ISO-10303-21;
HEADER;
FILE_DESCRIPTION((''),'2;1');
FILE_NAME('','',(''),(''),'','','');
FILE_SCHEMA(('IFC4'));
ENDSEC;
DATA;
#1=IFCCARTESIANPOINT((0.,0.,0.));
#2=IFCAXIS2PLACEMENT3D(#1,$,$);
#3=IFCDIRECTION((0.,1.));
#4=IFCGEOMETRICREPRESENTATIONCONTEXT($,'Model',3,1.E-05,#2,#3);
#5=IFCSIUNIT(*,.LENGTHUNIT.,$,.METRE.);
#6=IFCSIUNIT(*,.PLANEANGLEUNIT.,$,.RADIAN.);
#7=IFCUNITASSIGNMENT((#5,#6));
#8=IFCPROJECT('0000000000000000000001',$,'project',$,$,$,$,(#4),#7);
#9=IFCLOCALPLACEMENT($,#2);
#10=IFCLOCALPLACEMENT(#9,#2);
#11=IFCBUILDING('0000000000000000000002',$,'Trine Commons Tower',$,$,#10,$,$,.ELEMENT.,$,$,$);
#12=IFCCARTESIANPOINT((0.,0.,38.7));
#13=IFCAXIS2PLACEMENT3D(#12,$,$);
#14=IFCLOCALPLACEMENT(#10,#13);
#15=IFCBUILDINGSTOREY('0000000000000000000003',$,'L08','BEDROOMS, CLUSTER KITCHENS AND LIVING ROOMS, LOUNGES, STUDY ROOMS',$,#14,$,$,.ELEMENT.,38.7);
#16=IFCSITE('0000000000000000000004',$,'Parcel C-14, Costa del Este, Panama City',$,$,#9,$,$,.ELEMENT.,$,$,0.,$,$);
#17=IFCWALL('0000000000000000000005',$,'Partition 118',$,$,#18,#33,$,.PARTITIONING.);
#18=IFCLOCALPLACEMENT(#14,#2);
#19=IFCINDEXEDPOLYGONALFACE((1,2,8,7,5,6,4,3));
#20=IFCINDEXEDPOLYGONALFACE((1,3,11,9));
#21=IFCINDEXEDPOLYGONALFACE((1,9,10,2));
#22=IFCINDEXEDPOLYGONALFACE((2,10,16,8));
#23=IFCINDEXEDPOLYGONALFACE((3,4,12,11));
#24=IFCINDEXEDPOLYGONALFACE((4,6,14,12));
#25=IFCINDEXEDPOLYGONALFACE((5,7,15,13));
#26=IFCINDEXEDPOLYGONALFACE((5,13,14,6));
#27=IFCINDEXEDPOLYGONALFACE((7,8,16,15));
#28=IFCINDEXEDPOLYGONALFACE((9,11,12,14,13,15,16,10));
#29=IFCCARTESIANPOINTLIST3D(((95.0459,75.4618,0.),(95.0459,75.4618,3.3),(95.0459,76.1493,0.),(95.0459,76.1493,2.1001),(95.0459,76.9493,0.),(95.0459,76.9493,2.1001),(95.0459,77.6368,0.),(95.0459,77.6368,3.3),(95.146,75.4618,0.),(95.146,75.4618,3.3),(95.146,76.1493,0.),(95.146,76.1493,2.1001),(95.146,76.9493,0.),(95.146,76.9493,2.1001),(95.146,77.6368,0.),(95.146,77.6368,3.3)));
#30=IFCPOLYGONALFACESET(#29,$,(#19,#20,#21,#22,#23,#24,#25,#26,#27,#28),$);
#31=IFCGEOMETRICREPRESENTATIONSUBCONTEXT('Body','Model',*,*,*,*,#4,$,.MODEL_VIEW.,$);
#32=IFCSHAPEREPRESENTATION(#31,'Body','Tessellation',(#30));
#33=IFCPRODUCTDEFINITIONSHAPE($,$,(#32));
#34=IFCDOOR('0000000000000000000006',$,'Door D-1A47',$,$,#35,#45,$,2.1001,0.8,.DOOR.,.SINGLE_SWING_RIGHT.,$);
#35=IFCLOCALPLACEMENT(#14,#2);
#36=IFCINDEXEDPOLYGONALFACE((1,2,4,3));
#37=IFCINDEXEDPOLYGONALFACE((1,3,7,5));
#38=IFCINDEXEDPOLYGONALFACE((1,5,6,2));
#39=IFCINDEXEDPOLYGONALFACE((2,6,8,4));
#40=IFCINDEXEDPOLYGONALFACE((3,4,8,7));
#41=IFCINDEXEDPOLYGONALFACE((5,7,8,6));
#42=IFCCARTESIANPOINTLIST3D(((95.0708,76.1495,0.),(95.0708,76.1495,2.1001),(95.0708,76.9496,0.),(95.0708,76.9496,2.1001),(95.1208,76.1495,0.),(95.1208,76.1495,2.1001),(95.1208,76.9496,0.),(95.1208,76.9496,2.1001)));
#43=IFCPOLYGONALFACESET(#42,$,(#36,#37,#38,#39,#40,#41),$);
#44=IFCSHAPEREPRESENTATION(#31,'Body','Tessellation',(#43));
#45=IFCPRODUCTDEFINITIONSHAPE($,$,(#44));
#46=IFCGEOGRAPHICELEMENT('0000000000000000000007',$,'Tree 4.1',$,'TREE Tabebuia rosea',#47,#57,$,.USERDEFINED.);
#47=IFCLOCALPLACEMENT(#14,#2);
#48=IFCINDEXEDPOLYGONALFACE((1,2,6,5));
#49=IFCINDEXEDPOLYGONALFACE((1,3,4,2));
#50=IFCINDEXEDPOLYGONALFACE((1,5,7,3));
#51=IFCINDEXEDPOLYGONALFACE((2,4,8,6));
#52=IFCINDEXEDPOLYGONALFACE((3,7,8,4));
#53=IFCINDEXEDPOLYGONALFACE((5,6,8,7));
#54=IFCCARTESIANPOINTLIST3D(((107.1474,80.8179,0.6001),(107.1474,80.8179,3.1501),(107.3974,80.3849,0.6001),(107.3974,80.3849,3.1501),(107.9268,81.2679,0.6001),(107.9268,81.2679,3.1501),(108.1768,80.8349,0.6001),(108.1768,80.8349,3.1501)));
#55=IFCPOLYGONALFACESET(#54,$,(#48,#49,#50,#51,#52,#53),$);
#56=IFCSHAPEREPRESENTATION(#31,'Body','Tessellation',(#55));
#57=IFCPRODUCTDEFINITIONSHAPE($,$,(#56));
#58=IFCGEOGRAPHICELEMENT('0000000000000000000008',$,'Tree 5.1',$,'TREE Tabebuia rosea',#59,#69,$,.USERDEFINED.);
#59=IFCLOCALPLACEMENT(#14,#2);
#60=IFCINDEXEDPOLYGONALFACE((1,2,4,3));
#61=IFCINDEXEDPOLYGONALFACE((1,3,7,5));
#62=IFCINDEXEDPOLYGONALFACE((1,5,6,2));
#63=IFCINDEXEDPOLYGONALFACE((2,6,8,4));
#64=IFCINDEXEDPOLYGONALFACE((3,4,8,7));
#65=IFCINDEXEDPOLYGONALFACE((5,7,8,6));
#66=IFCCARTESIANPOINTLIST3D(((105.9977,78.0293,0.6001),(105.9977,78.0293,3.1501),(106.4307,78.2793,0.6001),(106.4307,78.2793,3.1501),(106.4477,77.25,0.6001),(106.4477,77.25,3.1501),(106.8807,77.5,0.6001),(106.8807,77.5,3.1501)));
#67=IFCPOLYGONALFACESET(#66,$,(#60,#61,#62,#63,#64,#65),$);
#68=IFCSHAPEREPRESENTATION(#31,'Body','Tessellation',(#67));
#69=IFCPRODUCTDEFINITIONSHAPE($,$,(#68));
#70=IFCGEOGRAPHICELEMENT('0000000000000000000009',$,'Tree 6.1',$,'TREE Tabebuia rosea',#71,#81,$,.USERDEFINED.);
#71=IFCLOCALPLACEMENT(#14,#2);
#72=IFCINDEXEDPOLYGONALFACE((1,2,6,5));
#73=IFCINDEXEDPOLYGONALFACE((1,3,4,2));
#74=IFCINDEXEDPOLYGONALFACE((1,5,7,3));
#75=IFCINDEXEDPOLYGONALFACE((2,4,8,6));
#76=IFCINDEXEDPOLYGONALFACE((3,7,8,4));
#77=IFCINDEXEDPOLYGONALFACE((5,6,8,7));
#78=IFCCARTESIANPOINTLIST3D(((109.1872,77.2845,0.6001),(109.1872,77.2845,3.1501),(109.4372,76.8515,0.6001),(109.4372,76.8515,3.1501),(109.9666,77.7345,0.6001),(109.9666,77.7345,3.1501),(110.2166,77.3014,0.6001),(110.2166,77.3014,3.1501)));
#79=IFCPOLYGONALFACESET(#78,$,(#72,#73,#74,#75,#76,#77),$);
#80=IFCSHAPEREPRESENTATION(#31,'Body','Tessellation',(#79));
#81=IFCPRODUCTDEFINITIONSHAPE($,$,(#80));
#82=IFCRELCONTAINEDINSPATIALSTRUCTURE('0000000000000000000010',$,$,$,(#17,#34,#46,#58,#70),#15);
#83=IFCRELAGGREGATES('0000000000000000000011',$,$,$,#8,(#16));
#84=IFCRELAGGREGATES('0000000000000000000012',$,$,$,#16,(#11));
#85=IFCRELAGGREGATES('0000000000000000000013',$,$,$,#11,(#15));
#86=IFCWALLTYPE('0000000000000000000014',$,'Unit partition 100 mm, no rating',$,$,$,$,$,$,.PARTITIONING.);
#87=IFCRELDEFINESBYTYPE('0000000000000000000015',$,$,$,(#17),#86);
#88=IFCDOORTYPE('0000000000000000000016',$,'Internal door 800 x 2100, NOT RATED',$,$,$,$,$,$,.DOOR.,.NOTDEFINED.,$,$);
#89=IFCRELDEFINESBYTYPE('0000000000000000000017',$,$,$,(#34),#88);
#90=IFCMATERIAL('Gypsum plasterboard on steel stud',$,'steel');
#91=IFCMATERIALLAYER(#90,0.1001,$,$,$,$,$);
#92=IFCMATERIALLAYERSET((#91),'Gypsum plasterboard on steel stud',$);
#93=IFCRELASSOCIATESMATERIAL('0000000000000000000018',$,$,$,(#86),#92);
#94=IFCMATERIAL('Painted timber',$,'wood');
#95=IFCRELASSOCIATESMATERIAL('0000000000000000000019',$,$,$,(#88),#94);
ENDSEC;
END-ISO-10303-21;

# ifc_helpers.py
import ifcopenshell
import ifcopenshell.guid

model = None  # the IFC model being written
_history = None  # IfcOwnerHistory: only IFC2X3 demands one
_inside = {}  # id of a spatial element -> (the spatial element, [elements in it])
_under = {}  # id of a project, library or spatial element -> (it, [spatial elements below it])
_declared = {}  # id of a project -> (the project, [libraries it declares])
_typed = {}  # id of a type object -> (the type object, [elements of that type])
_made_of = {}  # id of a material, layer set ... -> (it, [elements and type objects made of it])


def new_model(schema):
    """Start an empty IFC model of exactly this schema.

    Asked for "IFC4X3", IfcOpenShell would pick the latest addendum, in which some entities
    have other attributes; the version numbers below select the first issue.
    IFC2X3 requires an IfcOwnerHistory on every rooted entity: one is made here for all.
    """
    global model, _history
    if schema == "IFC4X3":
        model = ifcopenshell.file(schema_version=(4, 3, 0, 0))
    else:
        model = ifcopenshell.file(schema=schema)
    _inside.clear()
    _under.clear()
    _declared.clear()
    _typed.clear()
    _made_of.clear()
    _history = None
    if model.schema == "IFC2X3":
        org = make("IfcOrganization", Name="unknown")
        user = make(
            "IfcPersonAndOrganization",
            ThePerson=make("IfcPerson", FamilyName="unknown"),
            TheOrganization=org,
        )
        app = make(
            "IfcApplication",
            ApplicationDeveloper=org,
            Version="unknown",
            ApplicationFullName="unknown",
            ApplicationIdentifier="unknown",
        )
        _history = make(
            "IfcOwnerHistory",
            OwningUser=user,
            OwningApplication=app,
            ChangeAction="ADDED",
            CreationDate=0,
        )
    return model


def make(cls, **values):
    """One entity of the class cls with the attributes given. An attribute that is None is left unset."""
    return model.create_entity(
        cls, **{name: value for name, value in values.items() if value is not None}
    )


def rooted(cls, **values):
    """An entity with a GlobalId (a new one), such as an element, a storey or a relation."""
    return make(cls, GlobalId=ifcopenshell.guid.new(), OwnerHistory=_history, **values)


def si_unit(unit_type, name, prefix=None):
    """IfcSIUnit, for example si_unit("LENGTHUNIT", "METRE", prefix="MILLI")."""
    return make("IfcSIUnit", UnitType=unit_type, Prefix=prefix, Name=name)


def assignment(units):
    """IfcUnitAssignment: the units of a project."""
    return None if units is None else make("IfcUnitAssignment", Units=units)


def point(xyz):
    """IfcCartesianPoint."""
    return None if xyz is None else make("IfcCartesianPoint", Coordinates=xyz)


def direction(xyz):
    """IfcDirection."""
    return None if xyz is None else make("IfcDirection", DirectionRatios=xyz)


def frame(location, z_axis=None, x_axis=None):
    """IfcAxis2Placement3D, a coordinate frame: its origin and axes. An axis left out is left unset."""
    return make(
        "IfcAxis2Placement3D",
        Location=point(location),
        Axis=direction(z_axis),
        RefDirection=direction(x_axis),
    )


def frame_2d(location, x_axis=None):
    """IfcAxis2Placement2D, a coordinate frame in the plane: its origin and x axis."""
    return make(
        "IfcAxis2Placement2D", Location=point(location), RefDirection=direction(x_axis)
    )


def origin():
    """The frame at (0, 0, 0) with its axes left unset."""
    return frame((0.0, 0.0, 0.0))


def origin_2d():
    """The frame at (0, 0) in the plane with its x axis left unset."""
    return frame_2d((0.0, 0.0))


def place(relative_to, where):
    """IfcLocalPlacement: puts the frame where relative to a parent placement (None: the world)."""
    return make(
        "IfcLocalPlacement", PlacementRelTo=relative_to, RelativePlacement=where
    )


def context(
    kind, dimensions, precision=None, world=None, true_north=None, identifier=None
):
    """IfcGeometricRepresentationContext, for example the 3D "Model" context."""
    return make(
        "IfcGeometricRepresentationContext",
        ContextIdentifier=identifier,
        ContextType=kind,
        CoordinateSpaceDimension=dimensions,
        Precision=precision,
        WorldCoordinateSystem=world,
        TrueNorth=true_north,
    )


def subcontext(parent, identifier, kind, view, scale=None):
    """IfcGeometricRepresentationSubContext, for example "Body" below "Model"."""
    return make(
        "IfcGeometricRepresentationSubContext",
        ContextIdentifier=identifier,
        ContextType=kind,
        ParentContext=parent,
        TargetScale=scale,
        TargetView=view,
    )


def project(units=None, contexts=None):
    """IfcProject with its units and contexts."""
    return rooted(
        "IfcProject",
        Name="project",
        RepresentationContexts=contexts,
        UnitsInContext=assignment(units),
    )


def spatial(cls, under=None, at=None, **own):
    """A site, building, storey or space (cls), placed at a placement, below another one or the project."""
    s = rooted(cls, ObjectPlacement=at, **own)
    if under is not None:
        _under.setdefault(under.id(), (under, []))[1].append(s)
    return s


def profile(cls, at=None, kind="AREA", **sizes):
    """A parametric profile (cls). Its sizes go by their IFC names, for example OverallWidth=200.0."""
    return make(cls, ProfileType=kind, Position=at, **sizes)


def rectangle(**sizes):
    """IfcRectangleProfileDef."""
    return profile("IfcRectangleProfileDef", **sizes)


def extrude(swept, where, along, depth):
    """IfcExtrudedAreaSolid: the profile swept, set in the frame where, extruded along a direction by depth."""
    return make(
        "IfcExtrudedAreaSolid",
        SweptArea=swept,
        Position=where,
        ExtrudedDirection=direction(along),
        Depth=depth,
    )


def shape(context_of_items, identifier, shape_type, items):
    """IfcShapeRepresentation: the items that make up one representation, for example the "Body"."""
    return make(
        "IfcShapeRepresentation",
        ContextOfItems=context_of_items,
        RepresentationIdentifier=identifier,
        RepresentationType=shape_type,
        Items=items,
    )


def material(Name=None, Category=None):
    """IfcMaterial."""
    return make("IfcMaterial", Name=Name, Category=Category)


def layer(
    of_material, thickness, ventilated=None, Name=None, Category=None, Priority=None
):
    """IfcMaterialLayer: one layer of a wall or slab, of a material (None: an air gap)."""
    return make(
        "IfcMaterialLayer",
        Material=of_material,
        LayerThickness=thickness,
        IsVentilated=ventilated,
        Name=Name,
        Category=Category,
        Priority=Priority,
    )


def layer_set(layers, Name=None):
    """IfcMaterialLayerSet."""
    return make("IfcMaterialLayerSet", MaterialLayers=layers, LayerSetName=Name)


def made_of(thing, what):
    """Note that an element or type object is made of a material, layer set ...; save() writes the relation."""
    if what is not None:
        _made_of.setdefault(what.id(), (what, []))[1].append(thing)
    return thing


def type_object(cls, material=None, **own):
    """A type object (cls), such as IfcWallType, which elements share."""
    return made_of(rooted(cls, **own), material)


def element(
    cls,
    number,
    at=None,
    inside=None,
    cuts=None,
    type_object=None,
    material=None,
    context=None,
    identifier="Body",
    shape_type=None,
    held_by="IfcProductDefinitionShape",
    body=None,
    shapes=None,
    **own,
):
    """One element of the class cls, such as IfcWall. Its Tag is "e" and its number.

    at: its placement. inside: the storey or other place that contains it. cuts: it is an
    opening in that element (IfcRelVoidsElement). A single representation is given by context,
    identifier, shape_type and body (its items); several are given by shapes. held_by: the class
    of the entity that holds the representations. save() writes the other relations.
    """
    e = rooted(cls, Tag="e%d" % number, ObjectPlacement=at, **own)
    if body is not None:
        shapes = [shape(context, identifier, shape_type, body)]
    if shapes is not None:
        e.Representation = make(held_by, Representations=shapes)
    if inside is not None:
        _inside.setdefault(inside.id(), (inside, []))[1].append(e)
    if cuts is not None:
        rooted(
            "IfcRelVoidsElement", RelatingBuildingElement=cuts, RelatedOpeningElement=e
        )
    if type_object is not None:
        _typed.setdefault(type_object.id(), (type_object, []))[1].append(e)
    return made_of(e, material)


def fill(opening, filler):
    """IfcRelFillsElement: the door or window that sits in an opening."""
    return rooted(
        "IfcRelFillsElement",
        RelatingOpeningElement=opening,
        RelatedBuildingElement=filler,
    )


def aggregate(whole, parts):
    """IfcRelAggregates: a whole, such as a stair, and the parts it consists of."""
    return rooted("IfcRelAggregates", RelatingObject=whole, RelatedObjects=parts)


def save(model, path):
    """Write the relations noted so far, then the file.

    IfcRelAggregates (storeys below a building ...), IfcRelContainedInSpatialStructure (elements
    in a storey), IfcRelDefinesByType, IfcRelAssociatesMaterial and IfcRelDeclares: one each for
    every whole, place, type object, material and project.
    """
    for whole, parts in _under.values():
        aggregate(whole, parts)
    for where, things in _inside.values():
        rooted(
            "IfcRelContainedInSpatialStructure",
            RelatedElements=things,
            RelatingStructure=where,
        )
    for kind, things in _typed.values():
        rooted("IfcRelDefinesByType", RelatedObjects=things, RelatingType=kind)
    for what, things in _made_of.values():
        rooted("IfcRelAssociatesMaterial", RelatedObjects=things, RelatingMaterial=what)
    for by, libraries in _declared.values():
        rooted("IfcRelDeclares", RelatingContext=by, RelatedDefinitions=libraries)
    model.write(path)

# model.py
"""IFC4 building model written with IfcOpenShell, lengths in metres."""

from ifc_helpers import new_model, si_unit, direction, frame, frame_2d, origin, origin_2d, place, context, subcontext, project, spatial, rectangle, extrude, material, layer, layer_set, type_object, element, fill, save


model = new_model("IFC4")

# Units and contexts
model_context = context("Model", 3, precision=1e-05, world=origin(), true_north=direction((0.0, 1.0)))
body_context = subcontext(model_context, "Body", "Model", "MODEL_VIEW")
ifc_project = project(units=[si_unit("LENGTHUNIT", "METRE"), si_unit("PLANEANGLEUNIT", "RADIAN")], contexts=[model_context])

# Site, building, storey
site_placement = place(None, origin())
site = spatial("IfcSite", under=ifc_project, at=site_placement, Name="Parcel C-14, Costa del Este, Panama City", CompositionType="ELEMENT", RefElevation=0.0)
building_placement = place(site_placement, origin())
building = spatial("IfcBuilding", under=site, at=building_placement, Name="Trine Commons Tower", CompositionType="ELEMENT")
storey_placement = place(building_placement, frame((0.0, 0.0, 38.7)))
storey = spatial("IfcBuildingStorey", under=building, at=storey_placement, Name="L08", Description="BEDROOMS, CLUSTER KITCHENS AND LIVING ROOMS, LOUNGES, STUDY ROOMS", CompositionType="ELEMENT", Elevation=38.7)

# Shared definitions
ifc_material_1 = material(Name="Gypsum plasterboard on steel stud", Category="steel")

# Shared definitions
ifc_material_2 = material(Name="Painted timber", Category="wood")

# Shared definitions
ifc_layer_1 = layer(ifc_material_1, 0.1001)
ifc_layer_set_1 = layer_set([ifc_layer_1], Name="Gypsum plasterboard on steel stud")
wall_type_1 = type_object("IfcWallType", Name="Unit partition 100 mm, no rating", PredefinedType="PARTITIONING", material=ifc_layer_set_1)

# Wall, opening, door
wall_1_placement = place(storey_placement, frame((95.0959, 75.4619, 0.0), z_axis=(0.0, 0.0, 1.0), x_axis=(0.0, 1.0, 0.0)))
wall_1 = element("IfcWall", 1, at=wall_1_placement, inside=storey, type_object=wall_type_1, Name="Partition 118", PredefinedType="PARTITIONING", context=body_context, shape_type="SweptSolid", body=[
    extrude(rectangle(XDim=2.175, YDim=0.1001, at=frame_2d((1.0874, 0.0))), origin(), (0.0, 0.0, 1.0), 3.3),
])
opening_1_placement = place(wall_1_placement, frame((0.6875, 0.0, 0.0)))
opening_1 = element("IfcOpeningElement", 2, at=opening_1_placement, cuts=wall_1, PredefinedType="OPENING", context=body_context, shape_type="SweptSolid", body=[
    extrude(rectangle(XDim=0.8, YDim=2.1001, at=frame_2d((0.3999, 1.05))), frame((0.0, 0.0601, 0.0), z_axis=(0.0, -1.0, 0.0), x_axis=(1.0, 0.0, 0.0)), (0.0, 0.0, 1.0), 0.1201),
])
door_type_1 = type_object("IfcDoorType", Name="Internal door 800 x 2100, NOT RATED", OperationType="NOTDEFINED", PredefinedType="DOOR", material=ifc_material_2)
door_1_placement = place(opening_1_placement, frame((0.8, 0.0, 0.0), z_axis=(0.0, 0.0, 1.0), x_axis=(-1.0, 0.0, 0.0)))
door_1 = element("IfcDoor", 3, at=door_1_placement, inside=storey, type_object=door_type_1, Name="Door D-1A47", OperationType="SINGLE_SWING_RIGHT", OverallHeight=2.1001, OverallWidth=0.8, PredefinedType="DOOR", context=body_context, shape_type="SweptSolid", body=[
    extrude(rectangle(XDim=0.8, YDim=2.1001, at=frame_2d((0.3999, 1.05))), frame((0.0, 0.0249, 0.0), z_axis=(0.0, -1.0, 0.0), x_axis=(1.0, 0.0, 0.0)), (0.0, 0.0, 1.0), 0.05),
])
fill(opening_1, door_1)

# Geographic elements
for number, where, z_axis, x_axis, name in (
    (4, (107.6621, 80.8264, 0.6001), (0.0, 0.0, 1.0), (-0.866026, -0.499998, 0.0), "Tree 4.1"),
    (5, (106.4392, 77.7646, 0.6001), (0.0, 0.0, 1.0), (0.500011, -0.866019, 0.0), "Tree 5.1"),
    (6, (109.7019, 77.293, 0.6001), (0.0, 0.0, 1.0), (0.866026, 0.499998, 0.0), "Tree 6.1"),
):
    element("IfcGeographicElement", number, at=place(storey_placement, frame(where, z_axis=z_axis, x_axis=x_axis)), inside=storey, Name=name, ObjectType="TREE Tabebuia rosea", PredefinedType="USERDEFINED", context=body_context, shape_type="SweptSolid", body=[
        extrude(rectangle(XDim=0.8999, YDim=0.5, at=origin_2d()), origin(), (0.0, 0.0, 1.0), 2.55),
    ])

save(model, "model.ifc")
